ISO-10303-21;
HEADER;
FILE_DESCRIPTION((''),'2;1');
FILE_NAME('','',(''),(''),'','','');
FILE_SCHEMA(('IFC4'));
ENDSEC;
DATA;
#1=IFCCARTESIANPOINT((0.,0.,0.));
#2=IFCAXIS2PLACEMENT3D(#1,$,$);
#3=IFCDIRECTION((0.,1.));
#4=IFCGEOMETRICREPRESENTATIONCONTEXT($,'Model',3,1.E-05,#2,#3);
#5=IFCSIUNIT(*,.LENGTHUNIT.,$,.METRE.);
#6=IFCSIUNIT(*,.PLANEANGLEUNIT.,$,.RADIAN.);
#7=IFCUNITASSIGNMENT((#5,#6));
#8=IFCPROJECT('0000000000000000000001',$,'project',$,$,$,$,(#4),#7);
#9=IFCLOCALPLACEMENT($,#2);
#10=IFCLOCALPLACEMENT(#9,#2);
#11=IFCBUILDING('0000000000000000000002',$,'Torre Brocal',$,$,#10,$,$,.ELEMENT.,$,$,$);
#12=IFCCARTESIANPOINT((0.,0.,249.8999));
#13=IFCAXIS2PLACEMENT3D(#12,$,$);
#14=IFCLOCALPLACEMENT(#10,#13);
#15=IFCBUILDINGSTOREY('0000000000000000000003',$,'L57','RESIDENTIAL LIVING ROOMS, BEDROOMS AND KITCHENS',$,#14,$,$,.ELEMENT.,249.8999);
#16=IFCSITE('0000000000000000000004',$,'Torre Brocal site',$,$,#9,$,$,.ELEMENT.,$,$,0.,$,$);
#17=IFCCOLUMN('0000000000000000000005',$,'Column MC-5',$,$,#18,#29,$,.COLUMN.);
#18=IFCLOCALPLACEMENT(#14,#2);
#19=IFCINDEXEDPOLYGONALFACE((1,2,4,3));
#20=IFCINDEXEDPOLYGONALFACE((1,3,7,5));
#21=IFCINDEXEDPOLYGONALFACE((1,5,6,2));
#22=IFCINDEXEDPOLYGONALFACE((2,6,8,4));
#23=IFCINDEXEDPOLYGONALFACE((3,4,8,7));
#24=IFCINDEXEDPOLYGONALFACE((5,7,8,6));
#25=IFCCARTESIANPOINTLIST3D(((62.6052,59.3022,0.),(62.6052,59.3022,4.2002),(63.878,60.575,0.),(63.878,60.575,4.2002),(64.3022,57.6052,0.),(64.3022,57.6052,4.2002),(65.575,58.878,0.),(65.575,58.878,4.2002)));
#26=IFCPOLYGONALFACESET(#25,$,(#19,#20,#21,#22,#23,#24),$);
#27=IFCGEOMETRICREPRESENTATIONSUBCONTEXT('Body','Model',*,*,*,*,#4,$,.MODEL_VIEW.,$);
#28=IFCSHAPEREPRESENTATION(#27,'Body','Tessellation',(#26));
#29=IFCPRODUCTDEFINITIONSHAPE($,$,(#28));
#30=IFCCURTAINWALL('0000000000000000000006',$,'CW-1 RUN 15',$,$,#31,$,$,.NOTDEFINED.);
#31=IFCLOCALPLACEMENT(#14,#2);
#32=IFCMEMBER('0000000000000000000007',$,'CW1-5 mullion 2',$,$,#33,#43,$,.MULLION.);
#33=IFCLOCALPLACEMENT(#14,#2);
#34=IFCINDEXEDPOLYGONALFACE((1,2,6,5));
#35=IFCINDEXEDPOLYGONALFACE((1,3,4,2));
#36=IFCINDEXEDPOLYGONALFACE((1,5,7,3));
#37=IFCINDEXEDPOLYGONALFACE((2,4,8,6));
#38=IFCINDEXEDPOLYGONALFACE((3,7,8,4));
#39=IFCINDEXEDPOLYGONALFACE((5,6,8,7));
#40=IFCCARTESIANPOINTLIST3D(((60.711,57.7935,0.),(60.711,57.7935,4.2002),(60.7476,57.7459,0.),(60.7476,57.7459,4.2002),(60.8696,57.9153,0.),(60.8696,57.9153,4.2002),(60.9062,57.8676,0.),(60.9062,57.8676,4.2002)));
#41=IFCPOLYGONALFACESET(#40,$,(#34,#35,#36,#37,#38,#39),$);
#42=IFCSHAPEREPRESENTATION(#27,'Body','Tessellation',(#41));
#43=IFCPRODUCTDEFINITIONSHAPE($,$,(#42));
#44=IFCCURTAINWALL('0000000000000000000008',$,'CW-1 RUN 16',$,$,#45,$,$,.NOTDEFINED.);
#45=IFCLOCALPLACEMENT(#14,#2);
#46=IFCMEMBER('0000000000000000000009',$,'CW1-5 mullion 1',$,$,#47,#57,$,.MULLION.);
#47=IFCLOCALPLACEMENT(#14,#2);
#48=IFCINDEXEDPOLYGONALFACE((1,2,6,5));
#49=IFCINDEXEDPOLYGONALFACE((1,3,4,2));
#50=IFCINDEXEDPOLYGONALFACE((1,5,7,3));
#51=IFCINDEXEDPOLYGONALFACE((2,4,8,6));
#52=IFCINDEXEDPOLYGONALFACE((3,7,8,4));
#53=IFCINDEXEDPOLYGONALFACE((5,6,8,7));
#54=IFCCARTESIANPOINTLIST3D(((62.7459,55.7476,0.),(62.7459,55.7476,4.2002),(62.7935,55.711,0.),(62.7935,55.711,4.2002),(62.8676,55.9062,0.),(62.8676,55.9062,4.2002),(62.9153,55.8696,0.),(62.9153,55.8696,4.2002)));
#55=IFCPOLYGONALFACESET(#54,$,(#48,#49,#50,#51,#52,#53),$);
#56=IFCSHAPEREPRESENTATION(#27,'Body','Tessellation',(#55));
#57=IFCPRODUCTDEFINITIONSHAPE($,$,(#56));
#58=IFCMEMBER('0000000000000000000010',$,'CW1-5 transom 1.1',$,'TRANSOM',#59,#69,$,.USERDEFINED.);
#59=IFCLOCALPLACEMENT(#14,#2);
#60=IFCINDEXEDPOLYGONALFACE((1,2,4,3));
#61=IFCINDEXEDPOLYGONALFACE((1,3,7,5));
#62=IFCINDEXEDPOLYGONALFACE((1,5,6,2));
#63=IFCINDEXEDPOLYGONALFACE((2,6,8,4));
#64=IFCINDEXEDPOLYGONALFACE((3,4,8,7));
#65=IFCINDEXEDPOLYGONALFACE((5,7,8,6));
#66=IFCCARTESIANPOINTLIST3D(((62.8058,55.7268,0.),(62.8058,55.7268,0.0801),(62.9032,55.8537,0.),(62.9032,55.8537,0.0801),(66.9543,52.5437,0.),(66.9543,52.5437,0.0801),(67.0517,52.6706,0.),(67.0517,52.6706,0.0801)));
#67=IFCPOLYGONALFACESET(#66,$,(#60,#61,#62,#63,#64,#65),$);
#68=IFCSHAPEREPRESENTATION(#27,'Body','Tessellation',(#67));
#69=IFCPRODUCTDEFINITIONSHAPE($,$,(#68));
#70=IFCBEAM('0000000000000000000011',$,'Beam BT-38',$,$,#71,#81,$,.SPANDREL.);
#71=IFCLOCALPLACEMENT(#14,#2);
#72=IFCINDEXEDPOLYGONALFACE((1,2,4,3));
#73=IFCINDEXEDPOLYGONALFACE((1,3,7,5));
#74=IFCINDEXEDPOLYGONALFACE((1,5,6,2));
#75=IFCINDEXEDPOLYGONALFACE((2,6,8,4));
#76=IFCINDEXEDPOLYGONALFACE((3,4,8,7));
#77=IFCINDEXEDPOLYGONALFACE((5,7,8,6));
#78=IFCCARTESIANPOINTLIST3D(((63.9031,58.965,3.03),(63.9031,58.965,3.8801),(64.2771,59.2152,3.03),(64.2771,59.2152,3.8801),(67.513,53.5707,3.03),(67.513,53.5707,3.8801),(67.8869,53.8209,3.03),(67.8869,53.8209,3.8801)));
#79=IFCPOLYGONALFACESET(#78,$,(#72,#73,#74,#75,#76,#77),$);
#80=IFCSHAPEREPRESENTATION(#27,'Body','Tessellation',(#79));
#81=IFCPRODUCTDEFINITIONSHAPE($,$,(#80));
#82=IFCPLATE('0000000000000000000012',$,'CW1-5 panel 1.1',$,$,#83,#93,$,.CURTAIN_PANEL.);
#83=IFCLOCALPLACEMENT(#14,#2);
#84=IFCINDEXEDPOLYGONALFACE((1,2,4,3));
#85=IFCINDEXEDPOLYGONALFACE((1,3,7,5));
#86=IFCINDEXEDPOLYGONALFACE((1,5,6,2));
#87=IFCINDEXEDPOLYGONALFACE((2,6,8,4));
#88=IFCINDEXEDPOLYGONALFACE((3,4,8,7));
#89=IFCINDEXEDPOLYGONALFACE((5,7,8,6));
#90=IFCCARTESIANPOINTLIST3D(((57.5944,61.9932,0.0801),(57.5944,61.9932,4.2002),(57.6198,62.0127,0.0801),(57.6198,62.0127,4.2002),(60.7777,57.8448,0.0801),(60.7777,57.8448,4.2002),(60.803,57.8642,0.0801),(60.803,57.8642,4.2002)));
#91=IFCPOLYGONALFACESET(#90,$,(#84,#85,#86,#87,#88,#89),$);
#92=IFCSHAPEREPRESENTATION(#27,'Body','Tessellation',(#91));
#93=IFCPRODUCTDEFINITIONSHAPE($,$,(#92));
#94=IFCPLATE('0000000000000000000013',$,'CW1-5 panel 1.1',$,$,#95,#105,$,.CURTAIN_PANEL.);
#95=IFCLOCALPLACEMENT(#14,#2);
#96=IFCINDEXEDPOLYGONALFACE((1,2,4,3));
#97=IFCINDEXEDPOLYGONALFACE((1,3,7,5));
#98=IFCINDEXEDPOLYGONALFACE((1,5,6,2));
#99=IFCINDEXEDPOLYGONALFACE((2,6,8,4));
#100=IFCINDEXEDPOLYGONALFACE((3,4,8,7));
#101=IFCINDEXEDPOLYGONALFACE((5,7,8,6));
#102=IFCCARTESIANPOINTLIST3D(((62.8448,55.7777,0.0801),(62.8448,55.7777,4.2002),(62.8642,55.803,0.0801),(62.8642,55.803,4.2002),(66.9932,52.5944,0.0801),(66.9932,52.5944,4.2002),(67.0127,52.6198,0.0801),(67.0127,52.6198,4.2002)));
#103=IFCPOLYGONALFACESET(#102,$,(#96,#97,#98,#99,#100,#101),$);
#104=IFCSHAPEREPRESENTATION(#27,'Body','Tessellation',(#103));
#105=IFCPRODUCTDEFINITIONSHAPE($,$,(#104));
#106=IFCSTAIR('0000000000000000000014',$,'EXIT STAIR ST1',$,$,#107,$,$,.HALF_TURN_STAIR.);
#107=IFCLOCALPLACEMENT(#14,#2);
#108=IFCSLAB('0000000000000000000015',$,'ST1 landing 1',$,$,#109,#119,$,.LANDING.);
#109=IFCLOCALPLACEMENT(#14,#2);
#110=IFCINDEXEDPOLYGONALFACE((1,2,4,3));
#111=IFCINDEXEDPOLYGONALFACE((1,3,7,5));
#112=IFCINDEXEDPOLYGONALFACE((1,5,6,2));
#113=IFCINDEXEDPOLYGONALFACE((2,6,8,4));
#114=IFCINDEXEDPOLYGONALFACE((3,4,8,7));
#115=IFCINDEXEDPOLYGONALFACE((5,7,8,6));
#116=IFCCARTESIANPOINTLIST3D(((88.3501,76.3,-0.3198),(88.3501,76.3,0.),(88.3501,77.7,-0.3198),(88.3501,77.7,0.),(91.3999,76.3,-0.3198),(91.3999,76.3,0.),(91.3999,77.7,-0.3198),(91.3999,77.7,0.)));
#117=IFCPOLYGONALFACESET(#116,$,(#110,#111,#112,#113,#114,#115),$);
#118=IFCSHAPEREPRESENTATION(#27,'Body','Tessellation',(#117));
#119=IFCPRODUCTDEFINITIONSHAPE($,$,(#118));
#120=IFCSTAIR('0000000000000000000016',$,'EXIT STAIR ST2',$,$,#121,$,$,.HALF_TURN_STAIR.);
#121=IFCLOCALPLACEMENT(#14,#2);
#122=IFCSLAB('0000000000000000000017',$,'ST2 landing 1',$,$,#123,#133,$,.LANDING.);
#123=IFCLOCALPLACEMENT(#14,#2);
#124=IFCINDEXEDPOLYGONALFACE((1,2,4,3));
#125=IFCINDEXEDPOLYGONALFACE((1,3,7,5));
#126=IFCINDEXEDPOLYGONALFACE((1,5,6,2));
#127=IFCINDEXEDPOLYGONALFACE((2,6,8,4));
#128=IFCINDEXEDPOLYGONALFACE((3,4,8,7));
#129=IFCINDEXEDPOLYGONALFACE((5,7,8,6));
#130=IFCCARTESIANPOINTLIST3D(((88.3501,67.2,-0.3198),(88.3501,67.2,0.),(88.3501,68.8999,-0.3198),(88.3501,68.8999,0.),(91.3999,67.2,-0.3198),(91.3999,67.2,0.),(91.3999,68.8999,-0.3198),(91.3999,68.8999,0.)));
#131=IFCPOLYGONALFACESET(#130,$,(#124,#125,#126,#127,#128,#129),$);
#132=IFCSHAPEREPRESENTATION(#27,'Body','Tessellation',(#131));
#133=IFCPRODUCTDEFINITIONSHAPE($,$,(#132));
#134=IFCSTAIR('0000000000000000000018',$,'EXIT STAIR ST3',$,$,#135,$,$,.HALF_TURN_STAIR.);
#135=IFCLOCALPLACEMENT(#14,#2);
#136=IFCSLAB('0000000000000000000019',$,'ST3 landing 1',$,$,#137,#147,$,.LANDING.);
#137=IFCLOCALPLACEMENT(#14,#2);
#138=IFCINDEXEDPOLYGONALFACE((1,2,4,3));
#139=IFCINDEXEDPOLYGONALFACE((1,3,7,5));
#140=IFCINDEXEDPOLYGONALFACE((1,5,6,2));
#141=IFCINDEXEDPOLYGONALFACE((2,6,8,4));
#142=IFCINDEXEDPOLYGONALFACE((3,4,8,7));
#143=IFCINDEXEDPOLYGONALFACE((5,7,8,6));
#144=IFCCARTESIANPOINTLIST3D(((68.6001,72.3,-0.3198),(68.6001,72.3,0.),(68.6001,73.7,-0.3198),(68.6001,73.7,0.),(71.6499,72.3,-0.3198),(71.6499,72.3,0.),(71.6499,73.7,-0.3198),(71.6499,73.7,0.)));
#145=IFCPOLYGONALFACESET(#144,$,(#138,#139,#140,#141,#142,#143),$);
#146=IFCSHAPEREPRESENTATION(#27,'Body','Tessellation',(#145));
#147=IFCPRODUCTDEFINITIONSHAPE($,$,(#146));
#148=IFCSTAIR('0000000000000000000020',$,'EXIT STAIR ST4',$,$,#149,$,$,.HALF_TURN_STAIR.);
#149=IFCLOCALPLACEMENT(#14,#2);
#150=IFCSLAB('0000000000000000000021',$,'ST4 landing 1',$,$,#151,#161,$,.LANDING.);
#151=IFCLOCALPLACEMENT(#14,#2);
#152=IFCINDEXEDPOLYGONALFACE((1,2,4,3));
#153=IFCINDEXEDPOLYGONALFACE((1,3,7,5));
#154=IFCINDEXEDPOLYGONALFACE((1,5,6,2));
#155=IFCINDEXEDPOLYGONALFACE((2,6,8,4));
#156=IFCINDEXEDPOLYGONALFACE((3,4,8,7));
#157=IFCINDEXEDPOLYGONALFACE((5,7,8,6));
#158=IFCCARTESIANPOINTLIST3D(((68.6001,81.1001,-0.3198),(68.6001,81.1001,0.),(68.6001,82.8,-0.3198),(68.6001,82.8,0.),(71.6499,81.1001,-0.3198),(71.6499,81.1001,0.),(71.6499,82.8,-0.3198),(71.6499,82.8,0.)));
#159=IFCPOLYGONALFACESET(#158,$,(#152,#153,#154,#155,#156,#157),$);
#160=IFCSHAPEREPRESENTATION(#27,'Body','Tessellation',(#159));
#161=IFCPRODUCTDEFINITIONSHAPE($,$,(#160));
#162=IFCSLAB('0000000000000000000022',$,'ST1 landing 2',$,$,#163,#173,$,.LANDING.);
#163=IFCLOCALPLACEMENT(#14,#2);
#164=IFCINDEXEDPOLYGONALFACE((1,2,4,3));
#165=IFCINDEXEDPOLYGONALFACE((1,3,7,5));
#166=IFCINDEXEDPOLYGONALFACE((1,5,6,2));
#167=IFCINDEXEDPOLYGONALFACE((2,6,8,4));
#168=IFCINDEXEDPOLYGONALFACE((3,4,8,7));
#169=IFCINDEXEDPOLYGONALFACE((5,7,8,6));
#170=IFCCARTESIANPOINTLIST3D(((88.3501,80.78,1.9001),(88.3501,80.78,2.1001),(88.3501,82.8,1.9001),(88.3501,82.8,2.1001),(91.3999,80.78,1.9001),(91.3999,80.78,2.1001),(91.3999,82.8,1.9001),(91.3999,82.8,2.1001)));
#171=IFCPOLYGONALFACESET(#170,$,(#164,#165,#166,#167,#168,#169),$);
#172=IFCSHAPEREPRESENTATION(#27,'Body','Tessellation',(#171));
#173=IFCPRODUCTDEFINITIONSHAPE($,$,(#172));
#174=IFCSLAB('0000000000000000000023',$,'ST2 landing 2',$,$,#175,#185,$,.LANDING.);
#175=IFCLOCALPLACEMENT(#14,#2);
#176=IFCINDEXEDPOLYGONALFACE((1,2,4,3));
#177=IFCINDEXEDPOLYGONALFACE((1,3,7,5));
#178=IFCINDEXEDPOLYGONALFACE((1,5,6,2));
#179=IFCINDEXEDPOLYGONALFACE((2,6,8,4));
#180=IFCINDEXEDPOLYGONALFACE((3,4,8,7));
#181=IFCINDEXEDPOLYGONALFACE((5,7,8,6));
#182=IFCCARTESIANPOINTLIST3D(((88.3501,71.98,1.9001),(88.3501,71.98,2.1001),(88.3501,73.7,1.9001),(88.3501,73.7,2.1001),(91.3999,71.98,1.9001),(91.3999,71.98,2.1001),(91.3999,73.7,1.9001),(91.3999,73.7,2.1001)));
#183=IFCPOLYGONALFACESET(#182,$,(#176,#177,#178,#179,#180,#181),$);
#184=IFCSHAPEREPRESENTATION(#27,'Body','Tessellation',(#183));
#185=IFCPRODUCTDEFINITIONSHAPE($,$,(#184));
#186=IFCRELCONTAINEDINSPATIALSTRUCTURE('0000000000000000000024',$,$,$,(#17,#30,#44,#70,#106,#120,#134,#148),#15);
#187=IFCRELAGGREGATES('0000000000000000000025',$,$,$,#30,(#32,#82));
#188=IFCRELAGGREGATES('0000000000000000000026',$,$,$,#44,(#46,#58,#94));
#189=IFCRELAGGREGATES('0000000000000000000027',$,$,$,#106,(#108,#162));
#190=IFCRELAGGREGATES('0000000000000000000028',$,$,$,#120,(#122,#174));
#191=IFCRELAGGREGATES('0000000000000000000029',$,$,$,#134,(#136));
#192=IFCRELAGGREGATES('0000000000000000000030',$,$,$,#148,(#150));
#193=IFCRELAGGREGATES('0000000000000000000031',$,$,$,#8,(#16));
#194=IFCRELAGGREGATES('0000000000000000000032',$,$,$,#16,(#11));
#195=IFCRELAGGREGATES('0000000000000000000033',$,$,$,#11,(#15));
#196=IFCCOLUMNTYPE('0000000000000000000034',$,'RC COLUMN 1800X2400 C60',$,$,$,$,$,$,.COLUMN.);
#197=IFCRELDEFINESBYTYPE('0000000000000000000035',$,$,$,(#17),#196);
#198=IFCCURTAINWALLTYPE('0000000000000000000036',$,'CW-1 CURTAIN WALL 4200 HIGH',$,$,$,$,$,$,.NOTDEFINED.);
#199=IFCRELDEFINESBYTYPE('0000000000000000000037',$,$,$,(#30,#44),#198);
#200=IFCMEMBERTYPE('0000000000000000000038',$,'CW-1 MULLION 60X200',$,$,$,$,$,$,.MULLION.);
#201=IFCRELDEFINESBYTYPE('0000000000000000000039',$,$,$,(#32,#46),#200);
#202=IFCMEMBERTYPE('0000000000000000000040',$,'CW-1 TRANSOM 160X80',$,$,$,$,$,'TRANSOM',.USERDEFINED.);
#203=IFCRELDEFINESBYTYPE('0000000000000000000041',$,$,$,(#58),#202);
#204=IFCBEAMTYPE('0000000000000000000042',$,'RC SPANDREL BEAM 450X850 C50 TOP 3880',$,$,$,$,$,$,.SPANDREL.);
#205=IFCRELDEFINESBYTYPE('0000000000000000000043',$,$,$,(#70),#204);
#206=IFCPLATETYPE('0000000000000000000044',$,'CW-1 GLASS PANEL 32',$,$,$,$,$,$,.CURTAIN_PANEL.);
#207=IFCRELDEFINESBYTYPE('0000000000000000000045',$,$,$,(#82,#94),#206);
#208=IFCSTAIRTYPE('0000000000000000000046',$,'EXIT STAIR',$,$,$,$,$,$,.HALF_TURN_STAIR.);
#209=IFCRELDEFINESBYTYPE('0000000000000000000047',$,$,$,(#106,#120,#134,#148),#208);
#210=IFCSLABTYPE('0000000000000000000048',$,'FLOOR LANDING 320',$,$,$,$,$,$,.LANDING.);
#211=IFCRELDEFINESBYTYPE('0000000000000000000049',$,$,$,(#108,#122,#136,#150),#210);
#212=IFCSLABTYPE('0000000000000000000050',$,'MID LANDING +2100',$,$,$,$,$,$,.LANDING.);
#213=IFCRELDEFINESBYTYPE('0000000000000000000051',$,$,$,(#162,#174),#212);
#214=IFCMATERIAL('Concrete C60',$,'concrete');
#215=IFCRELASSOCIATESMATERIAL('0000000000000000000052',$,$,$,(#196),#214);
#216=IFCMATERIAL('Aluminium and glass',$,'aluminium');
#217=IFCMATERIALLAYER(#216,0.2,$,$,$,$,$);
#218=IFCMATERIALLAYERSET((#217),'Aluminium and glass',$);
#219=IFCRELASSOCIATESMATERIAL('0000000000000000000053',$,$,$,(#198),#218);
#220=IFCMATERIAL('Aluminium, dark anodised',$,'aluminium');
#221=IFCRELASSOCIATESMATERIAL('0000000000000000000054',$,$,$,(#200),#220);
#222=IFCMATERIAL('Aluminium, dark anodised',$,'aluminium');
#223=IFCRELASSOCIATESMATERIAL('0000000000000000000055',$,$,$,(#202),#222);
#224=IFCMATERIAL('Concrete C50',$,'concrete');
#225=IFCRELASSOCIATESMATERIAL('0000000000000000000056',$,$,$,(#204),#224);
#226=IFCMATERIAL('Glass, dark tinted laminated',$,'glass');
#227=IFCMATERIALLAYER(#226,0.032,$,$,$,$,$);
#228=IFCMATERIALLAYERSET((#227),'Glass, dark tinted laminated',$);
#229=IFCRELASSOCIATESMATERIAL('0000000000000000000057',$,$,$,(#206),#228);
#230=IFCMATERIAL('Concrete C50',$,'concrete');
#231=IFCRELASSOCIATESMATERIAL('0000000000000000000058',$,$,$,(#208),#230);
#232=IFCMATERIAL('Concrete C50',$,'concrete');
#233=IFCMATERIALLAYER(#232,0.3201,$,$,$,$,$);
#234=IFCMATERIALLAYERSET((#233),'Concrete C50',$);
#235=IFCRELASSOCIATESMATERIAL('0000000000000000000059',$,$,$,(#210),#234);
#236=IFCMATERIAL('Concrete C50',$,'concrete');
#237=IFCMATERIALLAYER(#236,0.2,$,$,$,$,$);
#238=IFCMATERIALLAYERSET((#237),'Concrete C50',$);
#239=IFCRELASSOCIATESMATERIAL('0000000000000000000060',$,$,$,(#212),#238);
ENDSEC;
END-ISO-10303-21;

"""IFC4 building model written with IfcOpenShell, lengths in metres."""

from ifc_helpers import new_model, si_unit, direction, frame, origin, origin_2d, place, context, subcontext, project, spatial, polyline, rectangle, outline, extrude, material, layer, layer_set, material_profile, profile_set, type_object, element, aggregate, save


model = new_model("IFC4")

# Units and contexts
model_context = context("Model", 3, precision=1e-05, world=origin(), true_north=direction((0.0, 1.0)))
body_context = subcontext(model_context, "Body", "Model", "MODEL_VIEW")
ifc_project = project(units=[si_unit("LENGTHUNIT", "METRE"), si_unit("PLANEANGLEUNIT", "RADIAN")], contexts=[model_context])

# Site, building, storey
site_placement = place(None, origin())
site = spatial("IfcSite", under=ifc_project, at=site_placement, Name="Torre Brocal site", CompositionType="ELEMENT", RefElevation=0.0)
building_placement = place(site_placement, origin())
building = spatial("IfcBuilding", under=site, at=building_placement, Name="Torre Brocal", CompositionType="ELEMENT")
storey_placement = place(building_placement, frame((0.0, 0.0, 249.8999)))
storey = spatial("IfcBuildingStorey", under=building, at=storey_placement, Name="L57", Description="RESIDENTIAL LIVING ROOMS, BEDROOMS AND KITCHENS", CompositionType="ELEMENT", Elevation=249.8999)

# Column
ifc_material_1 = material(Name="Concrete C60", Category="concrete")
ifc_material_profile_1 = material_profile(ifc_material_1, rectangle(XDim=1.8, YDim=2.3999, at=origin_2d()), Name="RC 1800X2400")
ifc_profile_set_1 = profile_set([ifc_material_profile_1], Name="Concrete C60")
column_type = type_object("IfcColumnType", Name="RC COLUMN 1800X2400 C60", PredefinedType="COLUMN", material=ifc_profile_set_1)
column_placement = place(storey_placement, frame((64.0901, 59.0901, 0.0), z_axis=(0.0, 0.0, 1.0), x_axis=(-0.707107, -0.707107, 0.0)))
element("IfcColumn", 1, at=column_placement, inside=storey, type_object=column_type, Name="Column MC-5", PredefinedType="COLUMN", context=body_context, shape_type="SweptSolid", body=[
    extrude(rectangle(XDim=1.8, YDim=2.3999, at=origin_2d()), origin(), (0.0, 0.0, 1.0), 4.2002),
])

# Curtain wall, member
ifc_material_2 = material(Name="Aluminium and glass", Category="aluminium")
ifc_layer_1 = layer(ifc_material_2, 0.2)
ifc_layer_set_1 = layer_set([ifc_layer_1], Name="Aluminium and glass")
curtain_wall_type = type_object("IfcCurtainWallType", Name="CW-1 CURTAIN WALL 4200 HIGH", PredefinedType="NOTDEFINED", material=ifc_layer_set_1)
curtain_wall_1_placement = place(storey_placement, origin())
curtain_wall_1 = element("IfcCurtainWall", 2, at=curtain_wall_1_placement, inside=storey, type_object=curtain_wall_type, Name="CW-1 RUN 15", PredefinedType="NOTDEFINED")
ifc_material_3 = material(Name="Aluminium, dark anodised", Category="aluminium")
ifc_material_profile_2 = material_profile(ifc_material_3, rectangle(XDim=0.2, YDim=0.0601, at=origin_2d()), Name="CW-1 MULLION 60X200")
ifc_profile_set_2 = profile_set([ifc_material_profile_2], Name="Aluminium, dark anodised")
member_type_1 = type_object("IfcMemberType", Name="CW-1 MULLION 60X200", PredefinedType="MULLION", material=ifc_profile_set_2)
member_1_placement = place(storey_placement, frame((60.8086, 57.8306, 0.0), z_axis=(0.0, 0.0, 1.0), x_axis=(0.793353, 0.608761, 0.0)))
member_1 = element("IfcMember", 3, at=member_1_placement, type_object=member_type_1, Name="CW1-5 mullion 2", PredefinedType="MULLION", context=body_context, shape_type="SweptSolid", body=[
    extrude(rectangle(XDim=0.2, YDim=0.0601, at=origin_2d()), origin(), (0.0, 0.0, 1.0), 4.2002),
])

# Curtain wall, members
curtain_wall_2_placement = place(storey_placement, origin())
curtain_wall_2 = element("IfcCurtainWall", 4, at=curtain_wall_2_placement, inside=storey, type_object=curtain_wall_type, Name="CW-1 RUN 16", PredefinedType="NOTDEFINED")
member_2_placement = place(storey_placement, frame((62.8306, 55.8086, 0.0), z_axis=(0.0, 0.0, 1.0), x_axis=(0.608761, 0.793353, 0.0)))
member_2 = element("IfcMember", 5, at=member_2_placement, type_object=member_type_1, Name="CW1-5 mullion 1", PredefinedType="MULLION", context=body_context, shape_type="SweptSolid", body=[
    extrude(rectangle(XDim=0.2, YDim=0.0601, at=origin_2d()), origin(), (0.0, 0.0, 1.0), 4.2002),
])
ifc_material_4 = material(Name="Aluminium, dark anodised", Category="aluminium")
ifc_material_profile_3 = material_profile(ifc_material_4, rectangle(XDim=0.1599, YDim=0.0801, at=origin_2d()), Name="CW-1 TRANSOM 160X80")
ifc_profile_set_3 = profile_set([ifc_material_profile_3], Name="Aluminium, dark anodised")
member_type_2 = type_object("IfcMemberType", Name="CW-1 TRANSOM 160X80", ElementType="TRANSOM", PredefinedType="USERDEFINED", material=ifc_profile_set_3)
member_3_placement = place(storey_placement, frame((62.8545, 55.7903, 0.04), z_axis=(0.793363, -0.608749, 0.0), x_axis=(0.608749, 0.793363, 0.0)))
member_3 = element("IfcMember", 6, at=member_3_placement, type_object=member_type_2, Name="CW1-5 transom 1.1", ObjectType="TRANSOM", PredefinedType="USERDEFINED", context=body_context, shape_type="SweptSolid", body=[
    extrude(rectangle(XDim=0.1599, YDim=0.0801, at=origin_2d()), origin(), (0.0, 0.0, 1.0), 5.229),
])

# Beam
ifc_material_5 = material(Name="Concrete C50", Category="concrete")
ifc_material_profile_4 = material_profile(ifc_material_5, rectangle(XDim=0.45, YDim=0.8501, at=origin_2d()), Name="RC 450X850")
ifc_profile_set_4 = profile_set([ifc_material_profile_4], Name="Concrete C50")
beam_type = type_object("IfcBeamType", Name="RC SPANDREL BEAM 450X850 C50 TOP 3880", PredefinedType="SPANDREL", material=ifc_profile_set_4)
beam_placement = place(storey_placement, frame((64.0901, 59.0901, 3.4551), z_axis=(0.556158, -0.831077, 0.0), x_axis=(0.831077, 0.556158, 0.0)))
element("IfcBeam", 7, at=beam_placement, inside=storey, type_object=beam_type, Name="Beam BT-38", PredefinedType="SPANDREL", context=body_context, shape_type="SweptSolid", body=[
    extrude(rectangle(XDim=0.45, YDim=0.8501, at=origin_2d()), origin(), (0.0, 0.0, 1.0), 6.4907),
])

# Plates
ifc_material_6 = material(Name="Glass, dark tinted laminated", Category="glass")
ifc_layer_2 = layer(ifc_material_6, 0.032)
ifc_layer_set_2 = layer_set([ifc_layer_2], Name="Glass, dark tinted laminated")
plate_type = type_object("IfcPlateType", Name="CW-1 GLASS PANEL 32", PredefinedType="CURTAIN_PANEL", material=ifc_layer_set_2)
plate_1_placement = place(storey_placement, frame((59.1987, 59.9287, 0.0801), z_axis=(0.0, 0.0, 1.0), x_axis=(0.608761, -0.793353, 0.0)))
plate_1 = element("IfcPlate", 8, at=plate_1_placement, type_object=plate_type, Name="CW1-5 panel 1.1", PredefinedType="CURTAIN_PANEL", context=body_context, shape_type="SweptSolid", body=[
    extrude(rectangle(XDim=5.229, YDim=0.032, at=origin_2d()), origin(), (0.0, 0.0, 1.0), 4.1201),
])
aggregate(curtain_wall_1, [member_1, plate_1])
plate_2_placement = place(storey_placement, frame((64.9287, 54.1987, 0.0801), z_axis=(0.0, 0.0, 1.0), x_axis=(0.793353, -0.608761, 0.0)))
plate_2 = element("IfcPlate", 9, at=plate_2_placement, type_object=plate_type, Name="CW1-5 panel 1.1", PredefinedType="CURTAIN_PANEL", context=body_context, shape_type="SweptSolid", body=[
    extrude(rectangle(XDim=5.229, YDim=0.032, at=origin_2d()), origin(), (0.0, 0.0, 1.0), 4.1201),
])
aggregate(curtain_wall_2, [member_2, member_3, plate_2])

# Stairs, slabs
ifc_material_7 = material(Name="Concrete C50", Category="concrete")
stair_type = type_object("IfcStairType", Name="EXIT STAIR", PredefinedType="HALF_TURN_STAIR", material=ifc_material_7)
stair_1_placement = place(storey_placement, origin())
stair_1 = element("IfcStair", 10, at=stair_1_placement, inside=storey, type_object=stair_type, Name="EXIT STAIR ST1", PredefinedType="HALF_TURN_STAIR")
ifc_material_8 = material(Name="Concrete C50", Category="concrete")
ifc_layer_3 = layer(ifc_material_8, 0.3201)
ifc_layer_set_3 = layer_set([ifc_layer_3], Name="Concrete C50")
slab_type_1 = type_object("IfcSlabType", Name="FLOOR LANDING 320", PredefinedType="LANDING", material=ifc_layer_set_3)
slab_1_placement = place(storey_placement, frame((0.0, 0.0, -0.3198)))
slab_1 = element("IfcSlab", 11, at=slab_1_placement, type_object=slab_type_1, Name="ST1 landing 1", PredefinedType="LANDING", context=body_context, shape_type="SweptSolid", body=[
    extrude(outline(polyline([(88.3501, 76.3), (91.3999, 76.3), (91.3999, 77.7), (88.3501, 77.7), (88.3501, 76.3)])), origin(), (0.0, 0.0, 1.0), 0.3198),
])
stair_2_placement = place(storey_placement, origin())
stair_2 = element("IfcStair", 12, at=stair_2_placement, inside=storey, type_object=stair_type, Name="EXIT STAIR ST2", PredefinedType="HALF_TURN_STAIR")
slab_2_placement = place(storey_placement, frame((0.0, 0.0, -0.3198)))
slab_2 = element("IfcSlab", 13, at=slab_2_placement, type_object=slab_type_1, Name="ST2 landing 1", PredefinedType="LANDING", context=body_context, shape_type="SweptSolid", body=[
    extrude(outline(polyline([(88.3501, 67.2), (91.3999, 67.2), (91.3999, 68.8999), (88.3501, 68.8999), (88.3501, 67.2)])), origin(), (0.0, 0.0, 1.0), 0.3198),
])
stair_3_placement = place(storey_placement, origin())
stair_3 = element("IfcStair", 14, at=stair_3_placement, inside=storey, type_object=stair_type, Name="EXIT STAIR ST3", PredefinedType="HALF_TURN_STAIR")
slab_3_placement = place(storey_placement, frame((0.0, 0.0, -0.3198)))
slab_3 = element("IfcSlab", 15, at=slab_3_placement, type_object=slab_type_1, Name="ST3 landing 1", PredefinedType="LANDING", context=body_context, shape_type="SweptSolid", body=[
    extrude(outline(polyline([(71.6499, 73.7), (68.6001, 73.7), (68.6001, 72.3), (71.6499, 72.3), (71.6499, 73.7)])), origin(), (0.0, 0.0, 1.0), 0.3198),
])
stair_4_placement = place(storey_placement, origin())
stair_4 = element("IfcStair", 16, at=stair_4_placement, inside=storey, type_object=stair_type, Name="EXIT STAIR ST4", PredefinedType="HALF_TURN_STAIR")
slab_4_placement = place(storey_placement, frame((0.0, 0.0, -0.3198)))
slab_4 = element("IfcSlab", 17, at=slab_4_placement, type_object=slab_type_1, Name="ST4 landing 1", PredefinedType="LANDING", context=body_context, shape_type="SweptSolid", body=[
    extrude(outline(polyline([(71.6499, 82.8), (68.6001, 82.8), (68.6001, 81.1001), (71.6499, 81.1001), (71.6499, 82.8)])), origin(), (0.0, 0.0, 1.0), 0.3198),
])

# Slabs
ifc_material_9 = material(Name="Concrete C50", Category="concrete")
ifc_layer_4 = layer(ifc_material_9, 0.2)
ifc_layer_set_4 = layer_set([ifc_layer_4], Name="Concrete C50")
slab_type_2 = type_object("IfcSlabType", Name="MID LANDING +2100", PredefinedType="LANDING", material=ifc_layer_set_4)
slab_5_placement = place(storey_placement, frame((0.0, 0.0, 1.9001)))
slab_5 = element("IfcSlab", 18, at=slab_5_placement, type_object=slab_type_2, Name="ST1 landing 2", PredefinedType="LANDING", context=body_context, shape_type="SweptSolid", body=[
    extrude(outline(polyline([(88.3501, 80.78), (91.3999, 80.78), (91.3999, 82.8), (88.3501, 82.8), (88.3501, 80.78)])), origin(), (0.0, 0.0, 1.0), 0.2),
])
aggregate(stair_1, [slab_1, slab_5])
slab_6_placement = place(storey_placement, frame((0.0, 0.0, 1.9001)))
slab_6 = element("IfcSlab", 19, at=slab_6_placement, type_object=slab_type_2, Name="ST2 landing 2", PredefinedType="LANDING", context=body_context, shape_type="SweptSolid", body=[
    extrude(outline(polyline([(88.3501, 71.98), (91.3999, 71.98), (91.3999, 73.7), (88.3501, 73.7), (88.3501, 71.98)])), origin(), (0.0, 0.0, 1.0), 0.2),
])
aggregate(stair_2, [slab_2, slab_6])
aggregate(stair_3, [slab_3])
aggregate(stair_4, [slab_4])

save(model, "model.ifc")
